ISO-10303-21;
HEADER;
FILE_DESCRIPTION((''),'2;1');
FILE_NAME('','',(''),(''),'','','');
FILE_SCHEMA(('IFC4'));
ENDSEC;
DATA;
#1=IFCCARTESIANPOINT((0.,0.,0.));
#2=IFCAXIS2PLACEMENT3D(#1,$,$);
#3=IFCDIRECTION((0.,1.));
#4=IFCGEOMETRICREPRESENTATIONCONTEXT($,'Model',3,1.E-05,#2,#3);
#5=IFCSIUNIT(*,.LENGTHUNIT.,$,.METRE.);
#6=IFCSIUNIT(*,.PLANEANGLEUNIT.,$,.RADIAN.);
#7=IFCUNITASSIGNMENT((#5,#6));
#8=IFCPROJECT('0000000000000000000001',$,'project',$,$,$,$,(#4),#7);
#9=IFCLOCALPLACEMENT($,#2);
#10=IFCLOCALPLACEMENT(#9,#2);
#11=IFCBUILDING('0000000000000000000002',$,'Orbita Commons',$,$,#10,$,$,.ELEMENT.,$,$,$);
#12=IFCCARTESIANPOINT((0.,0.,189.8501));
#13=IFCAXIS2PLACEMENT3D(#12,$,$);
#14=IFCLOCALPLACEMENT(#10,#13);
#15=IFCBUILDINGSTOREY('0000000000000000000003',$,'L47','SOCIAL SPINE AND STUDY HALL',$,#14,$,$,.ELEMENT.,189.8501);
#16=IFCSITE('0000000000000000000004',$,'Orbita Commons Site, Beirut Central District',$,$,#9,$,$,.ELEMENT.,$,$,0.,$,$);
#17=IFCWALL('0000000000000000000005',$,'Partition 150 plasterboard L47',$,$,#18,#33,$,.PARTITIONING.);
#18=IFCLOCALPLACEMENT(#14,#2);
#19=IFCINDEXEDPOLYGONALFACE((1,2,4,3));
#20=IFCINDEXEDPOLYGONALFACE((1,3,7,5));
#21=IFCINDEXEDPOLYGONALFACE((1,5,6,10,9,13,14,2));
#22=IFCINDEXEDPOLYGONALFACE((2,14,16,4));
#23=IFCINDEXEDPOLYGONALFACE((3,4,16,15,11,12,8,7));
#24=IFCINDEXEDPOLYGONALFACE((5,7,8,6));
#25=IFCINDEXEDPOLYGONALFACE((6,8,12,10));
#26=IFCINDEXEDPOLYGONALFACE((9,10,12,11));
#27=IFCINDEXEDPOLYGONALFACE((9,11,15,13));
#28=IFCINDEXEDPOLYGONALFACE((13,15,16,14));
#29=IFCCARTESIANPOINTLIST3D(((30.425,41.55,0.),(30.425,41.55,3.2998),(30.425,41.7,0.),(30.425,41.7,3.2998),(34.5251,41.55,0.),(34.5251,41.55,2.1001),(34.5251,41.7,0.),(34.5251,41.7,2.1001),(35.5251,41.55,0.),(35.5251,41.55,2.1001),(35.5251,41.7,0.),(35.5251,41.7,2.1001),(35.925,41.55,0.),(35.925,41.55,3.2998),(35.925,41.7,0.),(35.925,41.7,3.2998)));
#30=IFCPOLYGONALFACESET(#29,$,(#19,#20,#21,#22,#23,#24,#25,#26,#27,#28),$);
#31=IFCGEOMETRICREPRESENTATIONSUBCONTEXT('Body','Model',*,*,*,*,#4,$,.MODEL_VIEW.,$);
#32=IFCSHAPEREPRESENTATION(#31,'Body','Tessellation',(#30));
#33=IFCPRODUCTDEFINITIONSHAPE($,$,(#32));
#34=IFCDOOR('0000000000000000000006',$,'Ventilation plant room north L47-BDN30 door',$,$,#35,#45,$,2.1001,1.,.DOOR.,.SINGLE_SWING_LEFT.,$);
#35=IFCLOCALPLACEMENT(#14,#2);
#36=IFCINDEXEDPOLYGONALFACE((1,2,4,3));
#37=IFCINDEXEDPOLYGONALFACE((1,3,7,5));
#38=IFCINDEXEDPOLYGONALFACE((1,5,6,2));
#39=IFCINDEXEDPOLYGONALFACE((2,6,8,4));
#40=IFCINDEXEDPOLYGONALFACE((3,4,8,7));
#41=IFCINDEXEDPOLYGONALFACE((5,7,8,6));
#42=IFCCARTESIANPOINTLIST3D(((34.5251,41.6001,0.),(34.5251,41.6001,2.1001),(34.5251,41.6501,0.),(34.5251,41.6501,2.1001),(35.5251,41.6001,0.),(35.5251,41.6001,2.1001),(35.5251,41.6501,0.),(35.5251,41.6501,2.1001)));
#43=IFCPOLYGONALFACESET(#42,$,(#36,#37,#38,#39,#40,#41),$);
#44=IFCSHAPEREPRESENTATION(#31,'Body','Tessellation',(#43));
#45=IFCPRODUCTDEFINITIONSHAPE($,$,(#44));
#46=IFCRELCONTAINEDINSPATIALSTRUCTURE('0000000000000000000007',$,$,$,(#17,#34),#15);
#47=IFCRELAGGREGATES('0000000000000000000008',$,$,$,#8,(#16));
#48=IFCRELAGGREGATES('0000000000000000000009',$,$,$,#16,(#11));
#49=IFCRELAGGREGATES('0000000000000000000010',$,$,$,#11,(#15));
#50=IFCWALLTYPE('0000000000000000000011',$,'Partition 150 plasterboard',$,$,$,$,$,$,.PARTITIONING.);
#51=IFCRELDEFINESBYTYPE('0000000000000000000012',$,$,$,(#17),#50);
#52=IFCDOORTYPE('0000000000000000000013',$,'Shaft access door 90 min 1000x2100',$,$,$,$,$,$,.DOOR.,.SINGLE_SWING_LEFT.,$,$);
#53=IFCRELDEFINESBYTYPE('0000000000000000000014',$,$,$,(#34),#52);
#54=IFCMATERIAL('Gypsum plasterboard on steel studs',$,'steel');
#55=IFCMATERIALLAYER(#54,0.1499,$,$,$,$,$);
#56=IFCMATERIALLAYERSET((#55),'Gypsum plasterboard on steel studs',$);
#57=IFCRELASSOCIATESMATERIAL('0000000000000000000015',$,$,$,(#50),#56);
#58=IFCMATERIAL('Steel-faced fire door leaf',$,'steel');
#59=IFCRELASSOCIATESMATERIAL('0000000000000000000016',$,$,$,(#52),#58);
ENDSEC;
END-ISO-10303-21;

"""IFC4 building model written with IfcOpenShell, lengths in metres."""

from ifc_helpers import new_model, si_unit, direction, frame, frame_2d, origin, place, context, subcontext, project, spatial, rectangle, extrude, material, layer, layer_set, type_object, element, fill, save


model = new_model("IFC4")

# Units and contexts
model_context = context("Model", 3, precision=1e-05, world=origin(), true_north=direction((0.0, 1.0)))
body_context = subcontext(model_context, "Body", "Model", "MODEL_VIEW")
ifc_project = project(units=[si_unit("LENGTHUNIT", "METRE"), si_unit("PLANEANGLEUNIT", "RADIAN")], contexts=[model_context])

# Site, building, storey
site_placement = place(None, origin())
site = spatial("IfcSite", under=ifc_project, at=site_placement, Name="Orbita Commons Site, Beirut Central District", CompositionType="ELEMENT", RefElevation=0.0)
building_placement = place(site_placement, origin())
building = spatial("IfcBuilding", under=site, at=building_placement, Name="Orbita Commons", CompositionType="ELEMENT")
storey_placement = place(building_placement, frame((0.0, 0.0, 189.8501)))
storey = spatial("IfcBuildingStorey", under=building, at=storey_placement, Name="L47", Description="SOCIAL SPINE AND STUDY HALL", CompositionType="ELEMENT", Elevation=189.8501)

# Wall, opening, door
ifc_material_1 = material(Name="Gypsum plasterboard on steel studs", Category="steel")
ifc_layer_1 = layer(ifc_material_1, 0.1499)
ifc_layer_set_1 = layer_set([ifc_layer_1], Name="Gypsum plasterboard on steel studs")
wall_type_1 = type_object("IfcWallType", Name="Partition 150 plasterboard", PredefinedType="PARTITIONING", material=ifc_layer_set_1)
wall_1_placement = place(storey_placement, frame((35.925, 41.625, 0.0), z_axis=(0.0, 0.0, 1.0), x_axis=(-1.0, 0.0, 0.0)))
wall_1 = element("IfcWall", 1, at=wall_1_placement, inside=storey, type_object=wall_type_1, Name="Partition 150 plasterboard L47", PredefinedType="PARTITIONING", context=body_context, shape_type="SweptSolid", body=[
    extrude(rectangle(XDim=5.5, YDim=0.1499, at=frame_2d((2.75, 0.0))), origin(), (0.0, 0.0, 1.0), 3.2998),
])
opening_1_placement = place(wall_1_placement, frame((0.3999, 0.0, 0.0)))
opening_1 = element("IfcOpeningElement", 2, at=opening_1_placement, cuts=wall_1, PredefinedType="OPENING", context=body_context, shape_type="SweptSolid", body=[
    extrude(rectangle(XDim=1.0, YDim=2.1001, at=frame_2d((0.5, 1.05))), frame((0.0, 0.085, 0.0), z_axis=(0.0, -1.0, 0.0), x_axis=(1.0, 0.0, 0.0)), (0.0, 0.0, 1.0), 0.1699),
])
ifc_material_2 = material(Name="Steel-faced fire door leaf", Category="steel")
door_type_1 = type_object("IfcDoorType", Name="Shaft access door 90 min 1000x2100", OperationType="SINGLE_SWING_LEFT", PredefinedType="DOOR", material=ifc_material_2)
door_1_placement = place(opening_1_placement, origin())
door_1 = element("IfcDoor", 3, at=door_1_placement, inside=storey, type_object=door_type_1, Name="Ventilation plant room north L47-BDN30 door", OperationType="SINGLE_SWING_LEFT", OverallHeight=2.1001, OverallWidth=1.0, PredefinedType="DOOR", context=body_context, shape_type="SweptSolid", body=[
    extrude(rectangle(XDim=1.0, YDim=2.1001, at=frame_2d((0.5, 1.05))), frame((0.0, 0.0249, 0.0), z_axis=(0.0, -1.0, 0.0), x_axis=(1.0, 0.0, 0.0)), (0.0, 0.0, 1.0), 0.05),
])
fill(opening_1, door_1)

save(model, "model.ifc")
